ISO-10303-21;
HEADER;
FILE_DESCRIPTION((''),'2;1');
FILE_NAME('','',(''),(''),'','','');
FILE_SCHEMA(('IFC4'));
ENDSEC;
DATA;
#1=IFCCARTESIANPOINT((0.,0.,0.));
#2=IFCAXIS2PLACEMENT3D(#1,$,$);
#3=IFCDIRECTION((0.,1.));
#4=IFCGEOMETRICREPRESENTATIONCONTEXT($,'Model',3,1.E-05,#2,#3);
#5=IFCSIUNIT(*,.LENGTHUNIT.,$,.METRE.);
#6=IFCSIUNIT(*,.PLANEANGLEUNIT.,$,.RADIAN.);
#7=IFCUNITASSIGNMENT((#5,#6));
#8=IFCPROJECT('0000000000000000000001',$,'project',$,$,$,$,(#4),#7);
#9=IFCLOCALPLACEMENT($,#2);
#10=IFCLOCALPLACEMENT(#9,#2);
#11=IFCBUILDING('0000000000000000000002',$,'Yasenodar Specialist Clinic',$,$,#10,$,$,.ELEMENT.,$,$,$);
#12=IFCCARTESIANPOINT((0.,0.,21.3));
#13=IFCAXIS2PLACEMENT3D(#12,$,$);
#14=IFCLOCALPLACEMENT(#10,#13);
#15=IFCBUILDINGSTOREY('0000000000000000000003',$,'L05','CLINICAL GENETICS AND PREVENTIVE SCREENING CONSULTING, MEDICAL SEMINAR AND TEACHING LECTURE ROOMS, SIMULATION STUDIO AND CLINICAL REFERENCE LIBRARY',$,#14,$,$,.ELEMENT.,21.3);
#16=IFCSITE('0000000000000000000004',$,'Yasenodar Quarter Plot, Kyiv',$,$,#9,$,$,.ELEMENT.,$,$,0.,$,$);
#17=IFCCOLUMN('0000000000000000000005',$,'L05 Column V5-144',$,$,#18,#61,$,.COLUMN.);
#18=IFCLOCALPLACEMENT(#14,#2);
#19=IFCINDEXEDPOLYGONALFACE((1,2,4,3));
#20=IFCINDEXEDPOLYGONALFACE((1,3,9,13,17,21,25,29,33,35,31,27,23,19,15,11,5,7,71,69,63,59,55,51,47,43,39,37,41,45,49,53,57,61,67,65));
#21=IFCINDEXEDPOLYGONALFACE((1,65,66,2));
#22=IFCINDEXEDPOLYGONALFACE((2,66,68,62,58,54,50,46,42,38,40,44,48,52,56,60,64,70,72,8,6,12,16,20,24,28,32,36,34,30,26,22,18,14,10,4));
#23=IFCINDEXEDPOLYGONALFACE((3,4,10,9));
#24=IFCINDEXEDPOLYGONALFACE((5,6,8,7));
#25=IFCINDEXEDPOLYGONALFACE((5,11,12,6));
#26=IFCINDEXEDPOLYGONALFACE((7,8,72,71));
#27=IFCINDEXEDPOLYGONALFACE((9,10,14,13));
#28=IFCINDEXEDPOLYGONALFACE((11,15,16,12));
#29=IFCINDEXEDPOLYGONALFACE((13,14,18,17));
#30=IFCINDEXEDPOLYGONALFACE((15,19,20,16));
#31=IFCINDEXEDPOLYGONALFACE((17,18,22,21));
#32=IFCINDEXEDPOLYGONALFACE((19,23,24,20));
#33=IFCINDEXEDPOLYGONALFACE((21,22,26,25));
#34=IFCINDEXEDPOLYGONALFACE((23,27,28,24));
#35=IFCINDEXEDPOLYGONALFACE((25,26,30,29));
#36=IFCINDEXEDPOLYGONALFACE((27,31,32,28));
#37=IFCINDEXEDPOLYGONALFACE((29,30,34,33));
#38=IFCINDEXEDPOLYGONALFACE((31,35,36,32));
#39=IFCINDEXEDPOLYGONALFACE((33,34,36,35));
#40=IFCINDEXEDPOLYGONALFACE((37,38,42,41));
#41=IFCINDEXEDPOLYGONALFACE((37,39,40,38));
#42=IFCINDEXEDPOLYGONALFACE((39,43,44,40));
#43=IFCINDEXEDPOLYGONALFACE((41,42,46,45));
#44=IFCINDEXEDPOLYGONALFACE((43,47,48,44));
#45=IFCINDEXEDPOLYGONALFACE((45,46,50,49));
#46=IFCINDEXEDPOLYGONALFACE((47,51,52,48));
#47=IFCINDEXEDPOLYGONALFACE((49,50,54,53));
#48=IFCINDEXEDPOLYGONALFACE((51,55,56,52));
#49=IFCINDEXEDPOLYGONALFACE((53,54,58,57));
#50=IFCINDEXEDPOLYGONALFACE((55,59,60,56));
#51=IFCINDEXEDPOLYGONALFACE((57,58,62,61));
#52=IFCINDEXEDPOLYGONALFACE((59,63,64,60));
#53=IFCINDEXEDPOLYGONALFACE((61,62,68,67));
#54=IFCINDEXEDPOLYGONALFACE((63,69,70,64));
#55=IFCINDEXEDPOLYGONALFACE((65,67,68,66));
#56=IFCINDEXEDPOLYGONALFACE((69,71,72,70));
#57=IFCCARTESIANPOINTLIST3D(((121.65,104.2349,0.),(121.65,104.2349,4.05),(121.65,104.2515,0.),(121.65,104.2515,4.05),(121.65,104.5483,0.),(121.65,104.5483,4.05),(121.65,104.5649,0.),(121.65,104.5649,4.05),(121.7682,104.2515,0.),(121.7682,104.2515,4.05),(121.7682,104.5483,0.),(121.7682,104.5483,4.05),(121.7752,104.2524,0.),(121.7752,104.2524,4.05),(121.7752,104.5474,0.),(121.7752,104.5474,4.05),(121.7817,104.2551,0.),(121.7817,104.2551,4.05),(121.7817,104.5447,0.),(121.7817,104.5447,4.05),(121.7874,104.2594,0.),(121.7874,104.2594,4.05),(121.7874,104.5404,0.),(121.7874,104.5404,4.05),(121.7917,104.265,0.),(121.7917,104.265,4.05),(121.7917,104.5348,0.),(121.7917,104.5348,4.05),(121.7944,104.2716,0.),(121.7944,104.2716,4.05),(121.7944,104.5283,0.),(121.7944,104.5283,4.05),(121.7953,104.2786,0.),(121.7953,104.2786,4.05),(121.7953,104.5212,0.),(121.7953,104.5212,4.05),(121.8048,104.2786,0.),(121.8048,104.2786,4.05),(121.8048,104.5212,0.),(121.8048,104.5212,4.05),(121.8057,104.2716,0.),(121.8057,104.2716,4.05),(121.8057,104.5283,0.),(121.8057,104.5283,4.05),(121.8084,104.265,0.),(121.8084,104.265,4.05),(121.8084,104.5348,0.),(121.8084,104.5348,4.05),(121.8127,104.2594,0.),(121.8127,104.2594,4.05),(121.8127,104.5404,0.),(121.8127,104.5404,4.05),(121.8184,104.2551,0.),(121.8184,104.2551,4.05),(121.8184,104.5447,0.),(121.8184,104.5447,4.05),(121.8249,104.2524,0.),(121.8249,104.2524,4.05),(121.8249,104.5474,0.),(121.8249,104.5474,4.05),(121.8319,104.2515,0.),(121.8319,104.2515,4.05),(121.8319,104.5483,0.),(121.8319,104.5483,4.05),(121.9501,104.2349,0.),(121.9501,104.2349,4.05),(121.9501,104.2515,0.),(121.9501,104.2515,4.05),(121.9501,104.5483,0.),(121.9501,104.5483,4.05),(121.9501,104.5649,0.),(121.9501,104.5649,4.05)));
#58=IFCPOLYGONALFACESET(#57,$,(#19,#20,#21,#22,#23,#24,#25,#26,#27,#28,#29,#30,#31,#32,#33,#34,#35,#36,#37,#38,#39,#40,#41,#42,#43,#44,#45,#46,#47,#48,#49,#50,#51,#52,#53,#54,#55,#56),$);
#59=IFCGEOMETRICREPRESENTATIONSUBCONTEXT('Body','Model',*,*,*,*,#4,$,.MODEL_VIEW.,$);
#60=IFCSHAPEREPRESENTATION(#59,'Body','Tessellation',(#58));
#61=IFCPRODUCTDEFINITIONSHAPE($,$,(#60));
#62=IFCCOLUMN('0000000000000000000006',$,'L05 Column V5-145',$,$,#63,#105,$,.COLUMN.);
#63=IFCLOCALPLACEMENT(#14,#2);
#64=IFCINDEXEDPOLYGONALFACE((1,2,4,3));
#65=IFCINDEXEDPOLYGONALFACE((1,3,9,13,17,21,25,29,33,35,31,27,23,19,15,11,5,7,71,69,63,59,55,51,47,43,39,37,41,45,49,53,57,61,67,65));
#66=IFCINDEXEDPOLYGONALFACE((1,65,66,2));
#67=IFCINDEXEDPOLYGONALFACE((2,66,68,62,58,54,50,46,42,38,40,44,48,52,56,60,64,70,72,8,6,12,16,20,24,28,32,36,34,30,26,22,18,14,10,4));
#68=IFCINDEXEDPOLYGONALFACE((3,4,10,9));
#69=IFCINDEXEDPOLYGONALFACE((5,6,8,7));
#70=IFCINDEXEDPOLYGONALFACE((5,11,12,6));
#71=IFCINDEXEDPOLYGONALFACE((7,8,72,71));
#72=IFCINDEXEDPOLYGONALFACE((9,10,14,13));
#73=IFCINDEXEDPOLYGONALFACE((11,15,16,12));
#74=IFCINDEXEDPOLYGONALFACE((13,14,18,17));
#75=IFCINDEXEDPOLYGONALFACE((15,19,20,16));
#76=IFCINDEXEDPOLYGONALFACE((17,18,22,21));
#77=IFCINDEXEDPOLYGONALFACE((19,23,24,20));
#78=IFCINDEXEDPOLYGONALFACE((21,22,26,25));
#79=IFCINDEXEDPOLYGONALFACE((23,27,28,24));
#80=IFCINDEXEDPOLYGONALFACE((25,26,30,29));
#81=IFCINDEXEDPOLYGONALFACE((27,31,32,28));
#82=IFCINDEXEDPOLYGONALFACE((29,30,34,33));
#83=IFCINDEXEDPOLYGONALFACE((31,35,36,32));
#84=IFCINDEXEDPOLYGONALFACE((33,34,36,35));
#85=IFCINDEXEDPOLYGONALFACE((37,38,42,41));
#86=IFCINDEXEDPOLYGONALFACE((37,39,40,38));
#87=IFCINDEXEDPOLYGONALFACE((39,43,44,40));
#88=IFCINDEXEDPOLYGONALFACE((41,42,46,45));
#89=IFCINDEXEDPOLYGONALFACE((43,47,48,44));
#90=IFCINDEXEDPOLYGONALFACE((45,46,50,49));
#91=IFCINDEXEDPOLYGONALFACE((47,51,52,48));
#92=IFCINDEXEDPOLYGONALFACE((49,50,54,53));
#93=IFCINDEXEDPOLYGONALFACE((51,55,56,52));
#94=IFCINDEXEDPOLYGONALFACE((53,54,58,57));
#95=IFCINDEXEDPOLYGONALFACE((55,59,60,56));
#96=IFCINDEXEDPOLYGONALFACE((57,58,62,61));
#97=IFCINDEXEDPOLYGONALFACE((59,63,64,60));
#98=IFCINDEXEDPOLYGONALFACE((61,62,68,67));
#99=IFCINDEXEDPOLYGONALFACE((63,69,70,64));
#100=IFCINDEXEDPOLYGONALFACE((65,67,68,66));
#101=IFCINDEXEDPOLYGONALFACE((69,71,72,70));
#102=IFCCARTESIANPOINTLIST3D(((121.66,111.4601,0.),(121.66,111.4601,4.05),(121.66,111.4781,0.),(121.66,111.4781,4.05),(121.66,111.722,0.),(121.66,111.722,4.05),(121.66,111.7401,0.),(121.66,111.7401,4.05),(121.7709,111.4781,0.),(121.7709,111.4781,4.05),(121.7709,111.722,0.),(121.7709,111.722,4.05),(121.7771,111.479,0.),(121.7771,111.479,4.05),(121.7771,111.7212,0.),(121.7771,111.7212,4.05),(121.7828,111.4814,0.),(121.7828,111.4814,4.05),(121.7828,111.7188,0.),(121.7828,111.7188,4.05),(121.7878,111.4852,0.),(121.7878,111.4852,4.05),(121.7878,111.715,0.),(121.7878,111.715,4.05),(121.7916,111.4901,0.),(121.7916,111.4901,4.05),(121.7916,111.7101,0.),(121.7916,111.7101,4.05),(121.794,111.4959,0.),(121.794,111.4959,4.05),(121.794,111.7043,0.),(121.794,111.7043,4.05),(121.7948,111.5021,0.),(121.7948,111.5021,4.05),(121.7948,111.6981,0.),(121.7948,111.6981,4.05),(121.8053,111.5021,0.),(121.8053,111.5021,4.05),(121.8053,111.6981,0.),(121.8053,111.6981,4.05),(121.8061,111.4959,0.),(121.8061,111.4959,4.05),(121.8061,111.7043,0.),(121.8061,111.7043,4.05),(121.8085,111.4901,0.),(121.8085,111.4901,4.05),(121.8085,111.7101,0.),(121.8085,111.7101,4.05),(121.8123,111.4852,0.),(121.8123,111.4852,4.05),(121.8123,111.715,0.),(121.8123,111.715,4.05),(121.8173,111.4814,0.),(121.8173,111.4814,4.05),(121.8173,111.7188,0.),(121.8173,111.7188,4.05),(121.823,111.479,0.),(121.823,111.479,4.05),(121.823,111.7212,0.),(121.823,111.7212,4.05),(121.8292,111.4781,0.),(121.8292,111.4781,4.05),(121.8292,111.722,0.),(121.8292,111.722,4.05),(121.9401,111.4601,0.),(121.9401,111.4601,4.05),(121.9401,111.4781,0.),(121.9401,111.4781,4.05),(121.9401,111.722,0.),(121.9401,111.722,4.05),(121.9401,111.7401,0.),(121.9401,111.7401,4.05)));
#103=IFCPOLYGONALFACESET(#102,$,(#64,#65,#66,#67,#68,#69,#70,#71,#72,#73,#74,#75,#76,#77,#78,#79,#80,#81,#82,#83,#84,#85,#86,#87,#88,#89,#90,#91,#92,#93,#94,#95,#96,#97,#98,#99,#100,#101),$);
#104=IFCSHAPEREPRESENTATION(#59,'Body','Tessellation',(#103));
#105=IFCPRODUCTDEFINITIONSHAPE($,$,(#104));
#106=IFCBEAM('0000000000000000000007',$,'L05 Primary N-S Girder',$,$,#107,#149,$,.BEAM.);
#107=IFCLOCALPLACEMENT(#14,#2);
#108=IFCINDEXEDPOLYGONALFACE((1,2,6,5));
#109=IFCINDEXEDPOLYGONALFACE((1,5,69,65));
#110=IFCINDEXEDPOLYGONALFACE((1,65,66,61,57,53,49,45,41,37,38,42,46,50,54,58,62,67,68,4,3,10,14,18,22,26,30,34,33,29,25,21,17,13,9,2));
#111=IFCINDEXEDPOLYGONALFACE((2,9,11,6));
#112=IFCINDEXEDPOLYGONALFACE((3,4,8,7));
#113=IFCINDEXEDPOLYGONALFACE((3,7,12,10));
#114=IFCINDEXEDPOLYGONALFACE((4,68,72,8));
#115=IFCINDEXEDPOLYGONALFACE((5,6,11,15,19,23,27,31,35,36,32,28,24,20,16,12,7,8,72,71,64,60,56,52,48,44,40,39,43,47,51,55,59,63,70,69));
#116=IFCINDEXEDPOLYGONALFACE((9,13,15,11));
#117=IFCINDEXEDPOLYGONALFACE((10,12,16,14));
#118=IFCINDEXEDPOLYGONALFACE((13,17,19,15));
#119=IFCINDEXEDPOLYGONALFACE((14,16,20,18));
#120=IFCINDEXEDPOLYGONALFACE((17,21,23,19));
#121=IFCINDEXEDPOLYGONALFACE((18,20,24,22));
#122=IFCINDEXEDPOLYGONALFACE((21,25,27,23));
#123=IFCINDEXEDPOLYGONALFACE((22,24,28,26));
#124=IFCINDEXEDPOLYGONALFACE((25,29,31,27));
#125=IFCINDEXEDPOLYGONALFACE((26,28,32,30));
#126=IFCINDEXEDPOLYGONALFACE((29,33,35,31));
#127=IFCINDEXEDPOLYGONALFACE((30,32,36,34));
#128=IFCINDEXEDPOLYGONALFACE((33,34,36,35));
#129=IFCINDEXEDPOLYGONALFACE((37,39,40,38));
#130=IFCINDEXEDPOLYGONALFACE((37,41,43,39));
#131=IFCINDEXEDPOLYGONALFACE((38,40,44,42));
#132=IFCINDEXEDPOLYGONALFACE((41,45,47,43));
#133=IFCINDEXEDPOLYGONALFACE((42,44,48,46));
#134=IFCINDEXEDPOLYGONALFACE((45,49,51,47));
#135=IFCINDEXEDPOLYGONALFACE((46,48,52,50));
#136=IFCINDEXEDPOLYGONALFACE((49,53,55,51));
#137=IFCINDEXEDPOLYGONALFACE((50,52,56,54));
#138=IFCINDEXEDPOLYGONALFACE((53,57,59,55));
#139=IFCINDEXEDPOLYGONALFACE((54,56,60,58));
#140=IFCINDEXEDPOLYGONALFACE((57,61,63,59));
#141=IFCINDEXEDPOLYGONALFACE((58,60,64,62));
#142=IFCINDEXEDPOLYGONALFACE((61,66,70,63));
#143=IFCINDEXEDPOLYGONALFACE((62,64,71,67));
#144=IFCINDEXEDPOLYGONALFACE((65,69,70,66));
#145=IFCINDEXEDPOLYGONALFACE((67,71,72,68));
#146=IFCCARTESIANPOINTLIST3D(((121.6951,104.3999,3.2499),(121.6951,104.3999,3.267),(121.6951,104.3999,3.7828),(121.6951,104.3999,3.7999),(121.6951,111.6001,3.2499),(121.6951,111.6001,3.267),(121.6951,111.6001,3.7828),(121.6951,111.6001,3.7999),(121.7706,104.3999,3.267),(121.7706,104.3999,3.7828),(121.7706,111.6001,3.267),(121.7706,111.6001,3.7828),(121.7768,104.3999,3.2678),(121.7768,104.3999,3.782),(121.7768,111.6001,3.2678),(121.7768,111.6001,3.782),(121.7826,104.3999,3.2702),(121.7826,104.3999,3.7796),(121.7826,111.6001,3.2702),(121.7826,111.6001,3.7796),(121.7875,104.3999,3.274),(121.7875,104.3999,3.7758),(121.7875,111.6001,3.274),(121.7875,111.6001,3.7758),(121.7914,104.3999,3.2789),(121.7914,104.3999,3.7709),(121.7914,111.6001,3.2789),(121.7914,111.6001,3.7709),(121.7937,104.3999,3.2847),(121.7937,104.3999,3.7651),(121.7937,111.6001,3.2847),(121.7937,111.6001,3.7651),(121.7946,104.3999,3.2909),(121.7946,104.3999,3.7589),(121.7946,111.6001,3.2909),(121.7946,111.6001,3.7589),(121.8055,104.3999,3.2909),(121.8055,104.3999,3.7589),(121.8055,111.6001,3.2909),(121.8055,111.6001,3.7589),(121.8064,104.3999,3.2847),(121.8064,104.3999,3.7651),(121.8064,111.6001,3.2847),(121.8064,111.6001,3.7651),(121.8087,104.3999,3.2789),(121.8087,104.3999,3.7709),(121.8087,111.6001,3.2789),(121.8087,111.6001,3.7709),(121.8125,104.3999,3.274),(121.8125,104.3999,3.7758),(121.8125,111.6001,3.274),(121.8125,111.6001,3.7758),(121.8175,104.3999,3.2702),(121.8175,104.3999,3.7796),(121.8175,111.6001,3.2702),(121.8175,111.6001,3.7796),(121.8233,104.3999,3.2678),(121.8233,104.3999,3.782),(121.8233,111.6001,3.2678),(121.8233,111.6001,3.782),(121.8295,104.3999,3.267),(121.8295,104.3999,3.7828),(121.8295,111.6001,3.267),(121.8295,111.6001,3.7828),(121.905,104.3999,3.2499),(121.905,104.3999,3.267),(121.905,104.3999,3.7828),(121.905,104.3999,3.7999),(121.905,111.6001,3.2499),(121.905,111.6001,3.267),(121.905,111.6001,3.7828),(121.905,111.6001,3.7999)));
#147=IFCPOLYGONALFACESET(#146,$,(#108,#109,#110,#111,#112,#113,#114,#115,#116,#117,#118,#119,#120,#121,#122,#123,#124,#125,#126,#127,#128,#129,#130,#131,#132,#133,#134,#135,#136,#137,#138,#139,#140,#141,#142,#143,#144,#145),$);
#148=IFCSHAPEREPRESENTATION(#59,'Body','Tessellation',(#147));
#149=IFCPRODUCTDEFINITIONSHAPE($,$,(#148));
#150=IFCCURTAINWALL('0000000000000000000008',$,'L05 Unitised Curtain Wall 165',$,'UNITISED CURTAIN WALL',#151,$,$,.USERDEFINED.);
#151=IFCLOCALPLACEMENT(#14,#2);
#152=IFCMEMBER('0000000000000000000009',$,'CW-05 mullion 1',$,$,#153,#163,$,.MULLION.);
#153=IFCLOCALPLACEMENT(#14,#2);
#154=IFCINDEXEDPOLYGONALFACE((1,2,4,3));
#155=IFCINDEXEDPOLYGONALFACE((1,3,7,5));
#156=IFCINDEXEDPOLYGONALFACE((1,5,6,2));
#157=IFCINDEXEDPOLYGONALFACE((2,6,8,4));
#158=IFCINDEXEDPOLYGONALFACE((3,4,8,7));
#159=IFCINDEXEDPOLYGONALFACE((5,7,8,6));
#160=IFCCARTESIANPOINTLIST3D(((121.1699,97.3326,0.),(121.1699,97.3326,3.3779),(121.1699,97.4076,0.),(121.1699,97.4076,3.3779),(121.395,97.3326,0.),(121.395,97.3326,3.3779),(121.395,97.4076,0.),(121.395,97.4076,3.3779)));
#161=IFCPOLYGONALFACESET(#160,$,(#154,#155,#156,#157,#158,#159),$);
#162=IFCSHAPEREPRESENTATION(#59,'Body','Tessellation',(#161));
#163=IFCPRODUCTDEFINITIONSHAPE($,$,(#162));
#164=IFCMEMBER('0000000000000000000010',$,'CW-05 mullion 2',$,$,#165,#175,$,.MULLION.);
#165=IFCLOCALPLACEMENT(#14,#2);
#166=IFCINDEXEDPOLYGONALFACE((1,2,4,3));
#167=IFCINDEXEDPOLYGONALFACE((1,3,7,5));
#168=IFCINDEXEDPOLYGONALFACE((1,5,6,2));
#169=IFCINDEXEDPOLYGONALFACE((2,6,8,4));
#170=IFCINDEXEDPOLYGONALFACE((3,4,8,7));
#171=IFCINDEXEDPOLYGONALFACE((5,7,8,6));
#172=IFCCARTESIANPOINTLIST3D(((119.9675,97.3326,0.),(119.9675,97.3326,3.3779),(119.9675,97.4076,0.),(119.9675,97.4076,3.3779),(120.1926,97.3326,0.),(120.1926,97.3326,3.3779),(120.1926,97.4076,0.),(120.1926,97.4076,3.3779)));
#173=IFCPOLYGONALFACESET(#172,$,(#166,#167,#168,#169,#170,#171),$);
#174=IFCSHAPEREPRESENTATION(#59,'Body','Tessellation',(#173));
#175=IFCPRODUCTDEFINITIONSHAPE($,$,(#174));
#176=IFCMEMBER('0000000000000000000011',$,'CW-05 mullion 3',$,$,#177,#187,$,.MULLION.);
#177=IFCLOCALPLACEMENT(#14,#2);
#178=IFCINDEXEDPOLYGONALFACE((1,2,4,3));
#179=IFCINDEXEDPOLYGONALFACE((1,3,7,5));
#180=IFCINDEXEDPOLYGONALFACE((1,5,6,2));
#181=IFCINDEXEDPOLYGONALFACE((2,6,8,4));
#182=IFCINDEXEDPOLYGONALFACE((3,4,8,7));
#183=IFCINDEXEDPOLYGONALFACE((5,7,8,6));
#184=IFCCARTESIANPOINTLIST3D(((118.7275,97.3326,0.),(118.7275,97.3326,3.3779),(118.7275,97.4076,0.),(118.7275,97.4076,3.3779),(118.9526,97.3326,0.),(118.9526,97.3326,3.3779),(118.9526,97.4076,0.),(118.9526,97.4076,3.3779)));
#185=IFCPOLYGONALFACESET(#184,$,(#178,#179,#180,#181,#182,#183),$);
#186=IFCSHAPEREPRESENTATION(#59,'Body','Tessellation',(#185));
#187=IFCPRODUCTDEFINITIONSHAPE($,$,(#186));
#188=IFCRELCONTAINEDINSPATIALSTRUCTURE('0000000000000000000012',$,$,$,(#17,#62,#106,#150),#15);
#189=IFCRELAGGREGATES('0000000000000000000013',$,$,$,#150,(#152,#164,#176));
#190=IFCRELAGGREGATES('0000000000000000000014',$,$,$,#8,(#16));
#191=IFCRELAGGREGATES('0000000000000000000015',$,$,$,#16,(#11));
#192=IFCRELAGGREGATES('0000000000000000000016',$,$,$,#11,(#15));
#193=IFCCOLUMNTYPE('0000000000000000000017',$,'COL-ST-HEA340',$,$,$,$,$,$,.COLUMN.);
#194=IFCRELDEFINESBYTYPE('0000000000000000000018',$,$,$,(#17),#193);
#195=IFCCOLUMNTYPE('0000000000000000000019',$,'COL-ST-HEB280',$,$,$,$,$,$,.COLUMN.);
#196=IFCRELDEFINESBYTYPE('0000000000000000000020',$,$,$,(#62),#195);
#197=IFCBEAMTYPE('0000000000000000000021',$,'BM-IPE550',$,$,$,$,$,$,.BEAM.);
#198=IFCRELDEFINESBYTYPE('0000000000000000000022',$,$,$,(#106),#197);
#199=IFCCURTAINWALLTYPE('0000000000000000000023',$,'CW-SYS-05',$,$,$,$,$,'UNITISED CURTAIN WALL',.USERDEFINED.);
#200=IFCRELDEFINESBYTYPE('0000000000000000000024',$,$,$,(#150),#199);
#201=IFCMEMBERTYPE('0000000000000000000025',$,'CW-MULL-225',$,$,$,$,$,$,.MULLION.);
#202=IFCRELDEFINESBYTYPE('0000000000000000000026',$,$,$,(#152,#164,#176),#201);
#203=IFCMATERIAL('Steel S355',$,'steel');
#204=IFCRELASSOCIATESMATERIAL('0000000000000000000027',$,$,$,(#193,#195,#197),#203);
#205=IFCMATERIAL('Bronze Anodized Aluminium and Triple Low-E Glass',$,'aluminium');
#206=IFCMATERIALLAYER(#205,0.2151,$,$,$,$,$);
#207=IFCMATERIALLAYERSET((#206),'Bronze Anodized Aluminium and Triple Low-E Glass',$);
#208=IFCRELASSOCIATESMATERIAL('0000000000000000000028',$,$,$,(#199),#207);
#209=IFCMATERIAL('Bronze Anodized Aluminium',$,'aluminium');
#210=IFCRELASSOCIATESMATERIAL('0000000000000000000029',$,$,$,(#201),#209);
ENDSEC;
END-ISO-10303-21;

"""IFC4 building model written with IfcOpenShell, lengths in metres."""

from ifc_helpers import new_model, si_unit, direction, frame, origin, origin_2d, place, context, subcontext, project, spatial, rectangle, i_section, extrude, material, layer, layer_set, material_profile, profile_set, type_object, element, aggregate, save


model = new_model("IFC4")

# Units and contexts
model_context = context("Model", 3, precision=1e-05, world=origin(), true_north=direction((0.0, 1.0)))
body_context = subcontext(model_context, "Body", "Model", "MODEL_VIEW")
ifc_project = project(units=[si_unit("LENGTHUNIT", "METRE"), si_unit("PLANEANGLEUNIT", "RADIAN")], contexts=[model_context])

# Site, building, storey
site_placement = place(None, origin())
site = spatial("IfcSite", under=ifc_project, at=site_placement, Name="Yasenodar Quarter Plot, Kyiv", CompositionType="ELEMENT", RefElevation=0.0)
building_placement = place(site_placement, origin())
building = spatial("IfcBuilding", under=site, at=building_placement, Name="Yasenodar Specialist Clinic", CompositionType="ELEMENT")
storey_placement = place(building_placement, frame((0.0, 0.0, 21.3)))
storey = spatial("IfcBuildingStorey", under=building, at=storey_placement, Name="L05", Description="CLINICAL GENETICS AND PREVENTIVE SCREENING CONSULTING, MEDICAL SEMINAR AND TEACHING LECTURE ROOMS, SIMULATION STUDIO AND CLINICAL REFERENCE LIBRARY", CompositionType="ELEMENT", Elevation=21.3)

# Columns
ifc_material_1 = material(Name="Steel S355", Category="steel")
ifc_material_profile_1 = material_profile(ifc_material_1, i_section(OverallWidth=0.3, OverallDepth=0.3301, WebThickness=0.0095, FlangeThickness=0.0166, FilletRadius=0.0271, at=origin_2d()), Name="HEA 340")
ifc_profile_set_1 = profile_set([ifc_material_profile_1], Name="Steel S355")
column_type_1 = type_object("IfcColumnType", Name="COL-ST-HEA340", PredefinedType="COLUMN", material=ifc_profile_set_1)
column_1_placement = place(storey_placement, frame((121.8, 104.3999, 0.0), z_axis=(0.0, 0.0, 1.0), x_axis=(1.0, 0.0, 0.0)))
element("IfcColumn", 1, at=column_1_placement, inside=storey, type_object=column_type_1, Name="L05 Column V5-144", PredefinedType="COLUMN", context=body_context, shape_type="SweptSolid", body=[
    extrude(i_section(OverallWidth=0.3, OverallDepth=0.3301, WebThickness=0.0095, FlangeThickness=0.0166, FilletRadius=0.0271, at=origin_2d()), origin(), (0.0, 0.0, 1.0), 4.05),
])
ifc_material_profile_2 = material_profile(ifc_material_1, i_section(OverallWidth=0.28, OverallDepth=0.28, WebThickness=0.0105, FlangeThickness=0.0181, FilletRadius=0.0239, at=origin_2d()), Name="HEB 280")
ifc_profile_set_2 = profile_set([ifc_material_profile_2], Name="Steel S355")
column_type_2 = type_object("IfcColumnType", Name="COL-ST-HEB280", PredefinedType="COLUMN", material=ifc_profile_set_2)
column_2_placement = place(storey_placement, frame((121.8, 111.6001, 0.0), z_axis=(0.0, 0.0, 1.0), x_axis=(1.0, 0.0, 0.0)))
element("IfcColumn", 2, at=column_2_placement, inside=storey, type_object=column_type_2, Name="L05 Column V5-145", PredefinedType="COLUMN", context=body_context, shape_type="SweptSolid", body=[
    extrude(i_section(OverallWidth=0.28, OverallDepth=0.28, WebThickness=0.0105, FlangeThickness=0.0181, FilletRadius=0.0239, at=origin_2d()), origin(), (0.0, 0.0, 1.0), 4.05),
])

# Beam
ifc_material_profile_3 = material_profile(ifc_material_1, i_section(OverallWidth=0.21, OverallDepth=0.55, WebThickness=0.011, FlangeThickness=0.0171, FilletRadius=0.0239, at=origin_2d()), Name="IPE 550")
ifc_profile_set_3 = profile_set([ifc_material_profile_3], Name="Steel S355")
beam_type = type_object("IfcBeamType", Name="BM-IPE550", PredefinedType="BEAM", material=ifc_profile_set_3)
beam_placement = place(storey_placement, frame((121.8, 104.3999, 3.5249), z_axis=(0.0, 1.0, 0.0), x_axis=(-1.0, 0.0, 0.0)))
element("IfcBeam", 3, at=beam_placement, inside=storey, type_object=beam_type, Name="L05 Primary N-S Girder", PredefinedType="BEAM", context=body_context, shape_type="SweptSolid", body=[
    extrude(i_section(OverallWidth=0.21, OverallDepth=0.55, WebThickness=0.011, FlangeThickness=0.0171, FilletRadius=0.0239, at=origin_2d()), origin(), (0.0, 0.0, 1.0), 7.2002),
])

# Curtain wall, members
ifc_material_2 = material(Name="Bronze Anodized Aluminium and Triple Low-E Glass", Category="aluminium")
ifc_layer_1 = layer(ifc_material_2, 0.2151)
ifc_layer_set_1 = layer_set([ifc_layer_1], Name="Bronze Anodized Aluminium and Triple Low-E Glass")
curtain_wall_type = type_object("IfcCurtainWallType", Name="CW-SYS-05", ElementType="UNITISED CURTAIN WALL", PredefinedType="USERDEFINED", material=ifc_layer_set_1)
curtain_wall_placement = place(storey_placement, origin())
curtain_wall = element("IfcCurtainWall", 4, at=curtain_wall_placement, inside=storey, type_object=curtain_wall_type, Name="L05 Unitised Curtain Wall 165", ObjectType="UNITISED CURTAIN WALL", PredefinedType="USERDEFINED")
ifc_material_3 = material(Name="Bronze Anodized Aluminium", Category="aluminium")
ifc_material_profile_4 = material_profile(ifc_material_3, rectangle(XDim=0.075, YDim=0.2251, at=origin_2d()), Name="CW-MULL 75x225")
ifc_profile_set_4 = profile_set([ifc_material_profile_4], Name="Bronze Anodized Aluminium")
member_type_1 = type_object("IfcMemberType", Name="CW-MULL-225", PredefinedType="MULLION", material=ifc_profile_set_4)
member_1_placement = place(storey_placement, frame((121.2825, 97.3701, 0.0), z_axis=(0.0, 0.0, 1.0), x_axis=(0.0, -1.0, 0.0)))
member_1 = element("IfcMember", 5, at=member_1_placement, type_object=member_type_1, Name="CW-05 mullion 1", PredefinedType="MULLION", context=body_context, shape_type="SweptSolid", body=[
    extrude(rectangle(XDim=0.075, YDim=0.2251, at=origin_2d()), origin(), (0.0, 0.0, 1.0), 3.3779),
])
member_2_placement = place(storey_placement, frame((120.0801, 97.3701, 0.0), z_axis=(0.0, 0.0, 1.0), x_axis=(0.0, -1.0, 0.0)))
member_2 = element("IfcMember", 6, at=member_2_placement, type_object=member_type_1, Name="CW-05 mullion 2", PredefinedType="MULLION", context=body_context, shape_type="SweptSolid", body=[
    extrude(rectangle(XDim=0.075, YDim=0.2251, at=origin_2d()), origin(), (0.0, 0.0, 1.0), 3.3779),
])
member_3_placement = place(storey_placement, frame((118.8401, 97.3701, 0.0), z_axis=(0.0, 0.0, 1.0), x_axis=(0.0, -1.0, 0.0)))
member_3 = element("IfcMember", 7, at=member_3_placement, type_object=member_type_1, Name="CW-05 mullion 3", PredefinedType="MULLION", context=body_context, shape_type="SweptSolid", body=[
    extrude(rectangle(XDim=0.075, YDim=0.2251, at=origin_2d()), origin(), (0.0, 0.0, 1.0), 3.3779),
])
aggregate(curtain_wall, [member_1, member_2, member_3])

save(model, "model.ifc")
